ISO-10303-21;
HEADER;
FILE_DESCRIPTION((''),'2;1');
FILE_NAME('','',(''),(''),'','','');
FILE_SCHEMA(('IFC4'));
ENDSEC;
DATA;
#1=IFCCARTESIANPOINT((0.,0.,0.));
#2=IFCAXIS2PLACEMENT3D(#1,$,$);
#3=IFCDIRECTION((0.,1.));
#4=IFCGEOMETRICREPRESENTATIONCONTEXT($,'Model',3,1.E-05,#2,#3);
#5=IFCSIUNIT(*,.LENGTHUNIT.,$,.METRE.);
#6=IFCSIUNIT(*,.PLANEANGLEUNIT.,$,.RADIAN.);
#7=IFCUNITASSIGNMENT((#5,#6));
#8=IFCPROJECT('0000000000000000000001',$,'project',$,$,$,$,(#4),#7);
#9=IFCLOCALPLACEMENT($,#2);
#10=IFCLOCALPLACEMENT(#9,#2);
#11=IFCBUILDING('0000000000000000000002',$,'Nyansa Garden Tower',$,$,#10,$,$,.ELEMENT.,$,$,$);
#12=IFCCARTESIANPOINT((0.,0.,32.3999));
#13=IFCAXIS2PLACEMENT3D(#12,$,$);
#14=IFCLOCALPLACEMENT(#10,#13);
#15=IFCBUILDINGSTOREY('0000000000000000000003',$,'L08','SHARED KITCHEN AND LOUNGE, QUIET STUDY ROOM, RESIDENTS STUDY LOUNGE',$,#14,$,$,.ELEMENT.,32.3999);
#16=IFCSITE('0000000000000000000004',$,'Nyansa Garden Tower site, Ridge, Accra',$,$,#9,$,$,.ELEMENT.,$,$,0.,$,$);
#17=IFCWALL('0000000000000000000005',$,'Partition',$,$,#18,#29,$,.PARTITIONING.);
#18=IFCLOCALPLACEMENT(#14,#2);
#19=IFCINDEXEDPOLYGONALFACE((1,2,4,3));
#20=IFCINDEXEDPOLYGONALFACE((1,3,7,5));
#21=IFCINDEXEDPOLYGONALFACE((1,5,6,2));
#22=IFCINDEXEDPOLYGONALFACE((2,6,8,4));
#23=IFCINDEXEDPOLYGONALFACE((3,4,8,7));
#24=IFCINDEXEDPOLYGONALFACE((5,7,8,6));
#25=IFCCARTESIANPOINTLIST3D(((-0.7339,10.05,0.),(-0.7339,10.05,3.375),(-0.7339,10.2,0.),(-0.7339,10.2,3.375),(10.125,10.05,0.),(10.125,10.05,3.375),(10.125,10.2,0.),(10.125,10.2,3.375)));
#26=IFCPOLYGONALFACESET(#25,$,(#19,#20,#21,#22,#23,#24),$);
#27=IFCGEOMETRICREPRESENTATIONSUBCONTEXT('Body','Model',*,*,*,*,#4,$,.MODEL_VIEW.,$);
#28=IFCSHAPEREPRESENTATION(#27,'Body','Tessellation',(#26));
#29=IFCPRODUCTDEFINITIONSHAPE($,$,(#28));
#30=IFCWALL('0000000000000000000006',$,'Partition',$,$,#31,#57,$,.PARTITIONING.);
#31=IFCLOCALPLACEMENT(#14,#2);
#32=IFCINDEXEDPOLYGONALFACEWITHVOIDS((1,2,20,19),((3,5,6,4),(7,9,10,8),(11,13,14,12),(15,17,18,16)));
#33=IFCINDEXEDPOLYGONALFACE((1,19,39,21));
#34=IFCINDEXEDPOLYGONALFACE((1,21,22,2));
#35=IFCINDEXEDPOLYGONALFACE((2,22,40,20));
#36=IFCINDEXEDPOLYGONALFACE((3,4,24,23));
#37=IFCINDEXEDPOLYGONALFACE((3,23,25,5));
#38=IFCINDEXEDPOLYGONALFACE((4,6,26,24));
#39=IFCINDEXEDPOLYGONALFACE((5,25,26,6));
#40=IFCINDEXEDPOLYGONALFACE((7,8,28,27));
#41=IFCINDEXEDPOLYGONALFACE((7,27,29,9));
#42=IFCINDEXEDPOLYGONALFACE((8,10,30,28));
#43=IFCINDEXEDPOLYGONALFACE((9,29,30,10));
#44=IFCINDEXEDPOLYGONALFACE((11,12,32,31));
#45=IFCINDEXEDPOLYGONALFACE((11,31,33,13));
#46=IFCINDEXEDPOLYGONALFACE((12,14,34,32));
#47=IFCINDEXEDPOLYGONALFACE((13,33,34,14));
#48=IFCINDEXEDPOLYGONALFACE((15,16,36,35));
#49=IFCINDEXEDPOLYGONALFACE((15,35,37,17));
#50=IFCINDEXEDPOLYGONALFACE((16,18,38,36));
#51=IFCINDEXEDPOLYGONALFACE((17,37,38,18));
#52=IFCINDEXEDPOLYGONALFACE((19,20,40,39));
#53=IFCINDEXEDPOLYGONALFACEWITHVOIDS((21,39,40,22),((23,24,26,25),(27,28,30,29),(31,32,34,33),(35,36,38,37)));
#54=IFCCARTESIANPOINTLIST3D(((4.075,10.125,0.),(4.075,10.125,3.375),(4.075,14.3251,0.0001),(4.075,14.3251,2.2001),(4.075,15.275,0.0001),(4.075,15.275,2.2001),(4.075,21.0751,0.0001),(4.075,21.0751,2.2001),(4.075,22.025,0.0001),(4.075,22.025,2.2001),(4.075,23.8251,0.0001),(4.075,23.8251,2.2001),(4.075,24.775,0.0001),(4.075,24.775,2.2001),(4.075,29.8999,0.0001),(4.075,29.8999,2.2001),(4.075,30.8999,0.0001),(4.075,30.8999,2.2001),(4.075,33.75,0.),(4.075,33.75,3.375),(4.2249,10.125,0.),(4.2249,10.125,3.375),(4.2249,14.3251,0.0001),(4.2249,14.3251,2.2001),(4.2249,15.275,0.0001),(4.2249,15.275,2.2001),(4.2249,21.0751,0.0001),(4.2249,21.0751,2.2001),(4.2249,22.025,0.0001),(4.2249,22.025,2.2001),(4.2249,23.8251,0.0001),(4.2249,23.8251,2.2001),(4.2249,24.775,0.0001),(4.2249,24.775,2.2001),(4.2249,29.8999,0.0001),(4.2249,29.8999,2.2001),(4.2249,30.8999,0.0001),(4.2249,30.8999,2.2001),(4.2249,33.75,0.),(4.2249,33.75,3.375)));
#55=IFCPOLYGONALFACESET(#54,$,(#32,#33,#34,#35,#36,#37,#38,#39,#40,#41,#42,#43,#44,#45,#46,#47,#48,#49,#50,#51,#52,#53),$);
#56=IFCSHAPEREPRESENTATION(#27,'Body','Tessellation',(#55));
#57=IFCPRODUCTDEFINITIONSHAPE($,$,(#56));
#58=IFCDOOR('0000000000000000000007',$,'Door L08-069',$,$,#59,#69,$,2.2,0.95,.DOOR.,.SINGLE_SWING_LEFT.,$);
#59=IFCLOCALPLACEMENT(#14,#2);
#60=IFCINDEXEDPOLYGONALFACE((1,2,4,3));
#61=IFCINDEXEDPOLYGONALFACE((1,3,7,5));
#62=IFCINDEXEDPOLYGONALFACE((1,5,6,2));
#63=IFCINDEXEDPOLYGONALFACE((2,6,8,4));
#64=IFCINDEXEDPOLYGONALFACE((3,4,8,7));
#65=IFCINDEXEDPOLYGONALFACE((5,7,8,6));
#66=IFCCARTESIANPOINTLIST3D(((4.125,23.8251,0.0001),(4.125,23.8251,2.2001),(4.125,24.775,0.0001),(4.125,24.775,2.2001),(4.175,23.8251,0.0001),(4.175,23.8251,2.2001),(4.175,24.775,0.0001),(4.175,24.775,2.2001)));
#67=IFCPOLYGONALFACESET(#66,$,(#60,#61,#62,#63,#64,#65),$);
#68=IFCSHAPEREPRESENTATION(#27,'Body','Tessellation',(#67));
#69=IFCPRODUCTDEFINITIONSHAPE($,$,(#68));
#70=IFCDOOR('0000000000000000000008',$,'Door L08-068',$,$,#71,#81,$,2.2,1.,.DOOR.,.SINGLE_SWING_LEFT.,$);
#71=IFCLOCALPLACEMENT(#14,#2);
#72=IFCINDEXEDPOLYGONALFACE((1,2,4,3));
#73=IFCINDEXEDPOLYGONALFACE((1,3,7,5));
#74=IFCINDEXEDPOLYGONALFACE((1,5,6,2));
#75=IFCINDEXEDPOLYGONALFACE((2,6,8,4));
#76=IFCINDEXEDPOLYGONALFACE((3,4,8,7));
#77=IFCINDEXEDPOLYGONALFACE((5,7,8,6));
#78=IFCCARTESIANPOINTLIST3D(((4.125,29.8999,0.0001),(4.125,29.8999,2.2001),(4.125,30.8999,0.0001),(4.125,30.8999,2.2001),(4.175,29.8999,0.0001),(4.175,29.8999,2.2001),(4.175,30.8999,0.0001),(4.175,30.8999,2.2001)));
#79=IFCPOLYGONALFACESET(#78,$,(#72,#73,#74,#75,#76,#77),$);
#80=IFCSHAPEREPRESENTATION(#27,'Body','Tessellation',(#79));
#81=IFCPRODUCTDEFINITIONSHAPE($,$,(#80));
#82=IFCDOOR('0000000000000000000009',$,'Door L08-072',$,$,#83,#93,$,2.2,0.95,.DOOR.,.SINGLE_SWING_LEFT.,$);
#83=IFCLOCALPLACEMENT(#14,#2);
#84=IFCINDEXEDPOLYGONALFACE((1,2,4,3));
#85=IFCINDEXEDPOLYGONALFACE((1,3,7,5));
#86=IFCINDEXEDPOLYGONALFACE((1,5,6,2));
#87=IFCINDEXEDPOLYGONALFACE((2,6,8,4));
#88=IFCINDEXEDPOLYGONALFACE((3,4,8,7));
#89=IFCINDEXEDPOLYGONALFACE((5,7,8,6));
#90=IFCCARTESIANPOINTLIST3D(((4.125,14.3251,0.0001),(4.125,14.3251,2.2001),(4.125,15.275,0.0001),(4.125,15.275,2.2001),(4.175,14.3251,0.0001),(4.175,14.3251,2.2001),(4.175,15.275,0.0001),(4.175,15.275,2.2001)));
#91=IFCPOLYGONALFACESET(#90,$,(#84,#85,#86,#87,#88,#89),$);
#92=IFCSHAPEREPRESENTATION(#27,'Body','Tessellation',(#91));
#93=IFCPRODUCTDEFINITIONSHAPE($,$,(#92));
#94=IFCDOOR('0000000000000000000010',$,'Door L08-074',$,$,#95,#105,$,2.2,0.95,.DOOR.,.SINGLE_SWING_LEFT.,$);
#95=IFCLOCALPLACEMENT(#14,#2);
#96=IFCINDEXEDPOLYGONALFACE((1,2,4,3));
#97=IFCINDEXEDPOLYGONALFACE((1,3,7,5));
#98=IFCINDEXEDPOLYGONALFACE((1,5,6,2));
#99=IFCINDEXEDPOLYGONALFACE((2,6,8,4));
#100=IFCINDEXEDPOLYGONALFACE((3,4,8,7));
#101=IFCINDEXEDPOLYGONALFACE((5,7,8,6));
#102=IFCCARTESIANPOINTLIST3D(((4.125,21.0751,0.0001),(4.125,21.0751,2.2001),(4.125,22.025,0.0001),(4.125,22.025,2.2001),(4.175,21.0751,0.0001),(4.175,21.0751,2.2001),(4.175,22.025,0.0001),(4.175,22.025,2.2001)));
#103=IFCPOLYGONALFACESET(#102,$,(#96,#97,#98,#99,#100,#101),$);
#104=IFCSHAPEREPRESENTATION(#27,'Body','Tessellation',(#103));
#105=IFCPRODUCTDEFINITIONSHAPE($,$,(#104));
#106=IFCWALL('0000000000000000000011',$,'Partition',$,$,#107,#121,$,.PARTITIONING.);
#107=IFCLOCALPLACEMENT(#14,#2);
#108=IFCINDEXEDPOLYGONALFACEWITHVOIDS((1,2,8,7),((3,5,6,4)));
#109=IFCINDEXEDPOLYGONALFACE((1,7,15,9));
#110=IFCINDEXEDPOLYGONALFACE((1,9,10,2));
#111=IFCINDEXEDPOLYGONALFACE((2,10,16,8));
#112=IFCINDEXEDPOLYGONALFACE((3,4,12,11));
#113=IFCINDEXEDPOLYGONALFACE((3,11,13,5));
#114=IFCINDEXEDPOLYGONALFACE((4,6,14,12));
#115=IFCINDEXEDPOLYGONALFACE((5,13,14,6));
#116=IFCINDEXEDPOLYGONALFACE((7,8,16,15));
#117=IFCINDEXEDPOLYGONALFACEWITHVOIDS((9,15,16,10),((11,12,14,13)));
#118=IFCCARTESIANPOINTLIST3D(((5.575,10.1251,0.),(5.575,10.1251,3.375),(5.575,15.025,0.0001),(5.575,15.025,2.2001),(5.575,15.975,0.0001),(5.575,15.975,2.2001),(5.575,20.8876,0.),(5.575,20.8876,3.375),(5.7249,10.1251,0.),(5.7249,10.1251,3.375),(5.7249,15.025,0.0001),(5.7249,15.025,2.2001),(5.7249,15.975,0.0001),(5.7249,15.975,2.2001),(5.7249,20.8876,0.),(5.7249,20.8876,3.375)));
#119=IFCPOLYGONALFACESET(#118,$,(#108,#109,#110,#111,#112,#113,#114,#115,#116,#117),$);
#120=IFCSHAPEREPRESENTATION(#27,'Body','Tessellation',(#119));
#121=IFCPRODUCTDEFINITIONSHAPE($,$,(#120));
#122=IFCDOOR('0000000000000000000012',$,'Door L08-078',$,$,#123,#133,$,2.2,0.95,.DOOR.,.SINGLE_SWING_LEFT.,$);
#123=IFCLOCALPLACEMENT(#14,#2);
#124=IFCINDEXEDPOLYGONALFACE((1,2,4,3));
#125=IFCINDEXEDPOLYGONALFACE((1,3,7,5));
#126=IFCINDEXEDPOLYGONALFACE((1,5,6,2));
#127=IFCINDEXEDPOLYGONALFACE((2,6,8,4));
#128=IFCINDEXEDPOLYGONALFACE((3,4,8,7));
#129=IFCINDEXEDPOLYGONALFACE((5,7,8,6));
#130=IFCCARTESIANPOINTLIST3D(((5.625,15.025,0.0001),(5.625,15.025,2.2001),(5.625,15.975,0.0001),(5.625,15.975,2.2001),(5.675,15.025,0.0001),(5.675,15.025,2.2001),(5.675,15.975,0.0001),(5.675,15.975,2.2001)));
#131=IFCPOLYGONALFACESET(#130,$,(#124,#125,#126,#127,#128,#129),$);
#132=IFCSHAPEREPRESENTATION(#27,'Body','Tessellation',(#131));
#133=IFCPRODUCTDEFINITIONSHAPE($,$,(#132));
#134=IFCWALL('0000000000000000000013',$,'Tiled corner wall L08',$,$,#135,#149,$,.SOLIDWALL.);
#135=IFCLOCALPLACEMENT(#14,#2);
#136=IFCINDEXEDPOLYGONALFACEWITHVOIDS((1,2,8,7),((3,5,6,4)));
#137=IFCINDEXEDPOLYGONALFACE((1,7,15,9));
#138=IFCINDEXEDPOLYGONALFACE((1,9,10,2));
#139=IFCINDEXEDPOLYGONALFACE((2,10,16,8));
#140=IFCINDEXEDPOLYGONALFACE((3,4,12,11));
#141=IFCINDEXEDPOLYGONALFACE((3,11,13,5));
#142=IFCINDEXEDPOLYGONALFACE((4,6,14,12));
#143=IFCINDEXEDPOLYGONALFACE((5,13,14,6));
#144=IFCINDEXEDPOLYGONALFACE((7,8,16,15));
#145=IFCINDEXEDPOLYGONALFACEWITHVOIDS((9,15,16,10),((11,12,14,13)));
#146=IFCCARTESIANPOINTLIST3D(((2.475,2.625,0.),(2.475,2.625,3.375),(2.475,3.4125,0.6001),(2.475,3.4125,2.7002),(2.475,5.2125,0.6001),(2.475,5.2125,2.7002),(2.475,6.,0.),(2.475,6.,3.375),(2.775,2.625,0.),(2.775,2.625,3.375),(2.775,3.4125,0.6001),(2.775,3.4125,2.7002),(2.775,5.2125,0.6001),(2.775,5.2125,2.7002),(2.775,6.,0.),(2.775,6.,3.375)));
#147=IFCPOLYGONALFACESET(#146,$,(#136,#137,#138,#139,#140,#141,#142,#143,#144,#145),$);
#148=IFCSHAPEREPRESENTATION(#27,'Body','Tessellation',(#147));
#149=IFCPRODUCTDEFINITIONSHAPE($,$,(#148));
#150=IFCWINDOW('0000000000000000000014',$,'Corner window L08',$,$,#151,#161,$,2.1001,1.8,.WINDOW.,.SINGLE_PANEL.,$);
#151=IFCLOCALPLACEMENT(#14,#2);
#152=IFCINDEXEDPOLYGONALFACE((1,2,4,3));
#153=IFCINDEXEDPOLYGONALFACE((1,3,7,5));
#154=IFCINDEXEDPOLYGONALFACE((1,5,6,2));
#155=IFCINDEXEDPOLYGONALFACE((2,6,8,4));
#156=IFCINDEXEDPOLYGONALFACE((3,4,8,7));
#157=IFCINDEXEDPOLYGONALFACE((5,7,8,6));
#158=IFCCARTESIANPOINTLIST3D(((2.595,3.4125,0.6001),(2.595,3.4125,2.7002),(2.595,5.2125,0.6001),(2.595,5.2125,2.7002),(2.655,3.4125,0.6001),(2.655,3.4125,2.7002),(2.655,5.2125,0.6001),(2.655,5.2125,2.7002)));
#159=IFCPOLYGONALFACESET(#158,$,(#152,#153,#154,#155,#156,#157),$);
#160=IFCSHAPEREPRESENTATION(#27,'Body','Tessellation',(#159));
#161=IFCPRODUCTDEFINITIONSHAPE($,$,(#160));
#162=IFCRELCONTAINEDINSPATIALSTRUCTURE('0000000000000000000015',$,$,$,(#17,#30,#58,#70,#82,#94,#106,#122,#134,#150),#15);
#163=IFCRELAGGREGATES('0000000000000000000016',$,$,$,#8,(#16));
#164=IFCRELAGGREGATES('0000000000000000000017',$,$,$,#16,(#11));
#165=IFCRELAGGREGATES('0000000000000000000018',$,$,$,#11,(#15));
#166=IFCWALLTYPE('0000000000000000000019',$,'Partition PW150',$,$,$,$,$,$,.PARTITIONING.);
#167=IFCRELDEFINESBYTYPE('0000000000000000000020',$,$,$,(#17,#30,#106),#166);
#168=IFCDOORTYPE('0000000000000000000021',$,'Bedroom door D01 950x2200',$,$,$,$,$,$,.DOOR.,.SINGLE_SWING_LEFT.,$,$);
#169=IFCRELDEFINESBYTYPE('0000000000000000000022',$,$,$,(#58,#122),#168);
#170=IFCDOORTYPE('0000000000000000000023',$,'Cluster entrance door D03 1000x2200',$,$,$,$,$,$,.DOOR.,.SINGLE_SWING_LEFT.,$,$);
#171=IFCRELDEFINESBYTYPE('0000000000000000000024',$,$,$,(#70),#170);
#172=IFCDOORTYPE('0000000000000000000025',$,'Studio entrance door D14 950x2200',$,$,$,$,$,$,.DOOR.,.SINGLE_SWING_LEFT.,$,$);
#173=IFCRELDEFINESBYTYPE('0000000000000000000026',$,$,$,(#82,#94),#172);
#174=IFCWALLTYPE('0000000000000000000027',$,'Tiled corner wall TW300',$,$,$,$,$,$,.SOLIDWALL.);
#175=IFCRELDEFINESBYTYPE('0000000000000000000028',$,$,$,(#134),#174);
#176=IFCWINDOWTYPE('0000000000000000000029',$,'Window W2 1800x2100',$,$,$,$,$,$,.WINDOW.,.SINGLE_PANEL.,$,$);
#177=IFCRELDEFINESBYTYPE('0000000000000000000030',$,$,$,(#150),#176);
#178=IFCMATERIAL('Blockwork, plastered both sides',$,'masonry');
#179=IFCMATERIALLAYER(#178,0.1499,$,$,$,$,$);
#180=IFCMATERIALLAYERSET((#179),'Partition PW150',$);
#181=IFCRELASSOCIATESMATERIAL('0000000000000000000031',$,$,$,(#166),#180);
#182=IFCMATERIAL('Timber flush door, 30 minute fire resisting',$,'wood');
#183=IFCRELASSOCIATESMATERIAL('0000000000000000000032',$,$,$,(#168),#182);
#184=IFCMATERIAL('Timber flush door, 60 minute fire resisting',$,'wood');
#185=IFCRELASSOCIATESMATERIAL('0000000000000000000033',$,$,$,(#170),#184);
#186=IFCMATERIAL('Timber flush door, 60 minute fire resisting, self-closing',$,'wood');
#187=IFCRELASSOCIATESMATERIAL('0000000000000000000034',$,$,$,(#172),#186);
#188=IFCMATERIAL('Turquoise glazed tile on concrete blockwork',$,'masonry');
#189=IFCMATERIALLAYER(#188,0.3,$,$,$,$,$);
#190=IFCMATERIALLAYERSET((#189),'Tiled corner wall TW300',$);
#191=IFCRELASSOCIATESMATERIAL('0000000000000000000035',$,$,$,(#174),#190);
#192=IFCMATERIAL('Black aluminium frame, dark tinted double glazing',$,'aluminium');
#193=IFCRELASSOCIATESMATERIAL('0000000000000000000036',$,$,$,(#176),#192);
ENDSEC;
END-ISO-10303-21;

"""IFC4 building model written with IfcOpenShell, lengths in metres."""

from ifc_helpers import new_model, si_unit, direction, frame, frame_2d, origin, place, context, subcontext, project, spatial, rectangle, extrude, material, layer, layer_set, type_object, element, fill, save


model = new_model("IFC4")

# Units and contexts
model_context = context("Model", 3, precision=1e-05, world=origin(), true_north=direction((0.0, 1.0)))
body_context = subcontext(model_context, "Body", "Model", "MODEL_VIEW")
ifc_project = project(units=[si_unit("LENGTHUNIT", "METRE"), si_unit("PLANEANGLEUNIT", "RADIAN")], contexts=[model_context])

# Site, building, storey
site_placement = place(None, origin())
site = spatial("IfcSite", under=ifc_project, at=site_placement, Name="Nyansa Garden Tower site, Ridge, Accra", CompositionType="ELEMENT", RefElevation=0.0)
building_placement = place(site_placement, origin())
building = spatial("IfcBuilding", under=site, at=building_placement, Name="Nyansa Garden Tower", CompositionType="ELEMENT")
storey_placement = place(building_placement, frame((0.0, 0.0, 32.3999)))
storey = spatial("IfcBuildingStorey", under=building, at=storey_placement, Name="L08", Description="SHARED KITCHEN AND LOUNGE, QUIET STUDY ROOM, RESIDENTS STUDY LOUNGE", CompositionType="ELEMENT", Elevation=32.3999)

# Wall
ifc_material_1 = material(Name="Blockwork, plastered both sides", Category="masonry")
ifc_layer_1 = layer(ifc_material_1, 0.1499)
ifc_layer_set_1 = layer_set([ifc_layer_1], Name="Partition PW150")
wall_type_1 = type_object("IfcWallType", Name="Partition PW150", PredefinedType="PARTITIONING", material=ifc_layer_set_1)
wall_1_placement = place(storey_placement, frame((-0.7339, 10.125, 0.0), z_axis=(0.0, 0.0, 1.0), x_axis=(1.0, 0.0, 0.0)))
element("IfcWall", 1, at=wall_1_placement, inside=storey, type_object=wall_type_1, Name="Partition", PredefinedType="PARTITIONING", context=body_context, shape_type="SweptSolid", body=[
    extrude(rectangle(XDim=10.8589, YDim=0.1499, at=frame_2d((5.4294, 0.0))), origin(), (0.0, 0.0, 1.0), 3.375),
])

# Wall, openings, doors
wall_2_placement = place(storey_placement, frame((4.1499, 10.125, 0.0), z_axis=(0.0, 0.0, 1.0), x_axis=(0.0, 1.0, 0.0)))
wall_2 = element("IfcWall", 2, at=wall_2_placement, inside=storey, type_object=wall_type_1, Name="Partition", PredefinedType="PARTITIONING", context=body_context, shape_type="SweptSolid", body=[
    extrude(rectangle(XDim=23.625, YDim=0.1499, at=frame_2d((11.8125, 0.0))), origin(), (0.0, 0.0, 1.0), 3.375),
])
opening_1_placement = place(wall_2_placement, frame((19.7749, 0.0, 0.0)))
opening_1 = element("IfcOpeningElement", 3, at=opening_1_placement, cuts=wall_2, PredefinedType="OPENING", context=body_context, shape_type="SweptSolid", body=[
    extrude(rectangle(XDim=1.0, YDim=2.2, at=frame_2d((0.5, 1.1001))), frame((0.0, 0.085, 0.0), z_axis=(0.0, -1.0, 0.0), x_axis=(1.0, 0.0, 0.0)), (0.0, 0.0, 1.0), 0.1699),
])
opening_2_placement = place(wall_2_placement, frame((13.7, 0.0, 0.0)))
opening_2 = element("IfcOpeningElement", 4, at=opening_2_placement, cuts=wall_2, PredefinedType="OPENING", context=body_context, shape_type="SweptSolid", body=[
    extrude(rectangle(XDim=0.95, YDim=2.2, at=frame_2d((0.4751, 1.1001))), frame((0.0, 0.085, 0.0), z_axis=(0.0, -1.0, 0.0), x_axis=(1.0, 0.0, 0.0)), (0.0, 0.0, 1.0), 0.1699),
])
opening_3_placement = place(wall_2_placement, frame((4.2, 0.0, 0.0)))
opening_3 = element("IfcOpeningElement", 5, at=opening_3_placement, cuts=wall_2, PredefinedType="OPENING", context=body_context, shape_type="SweptSolid", body=[
    extrude(rectangle(XDim=0.95, YDim=2.2, at=frame_2d((0.4751, 1.1001))), frame((0.0, 0.085, 0.0), z_axis=(0.0, -1.0, 0.0), x_axis=(1.0, 0.0, 0.0)), (0.0, 0.0, 1.0), 0.1699),
])
opening_4_placement = place(wall_2_placement, frame((10.95, 0.0, 0.0)))
opening_4 = element("IfcOpeningElement", 6, at=opening_4_placement, cuts=wall_2, PredefinedType="OPENING", context=body_context, shape_type="SweptSolid", body=[
    extrude(rectangle(XDim=0.95, YDim=2.2, at=frame_2d((0.4751, 1.1001))), frame((0.0, 0.085, 0.0), z_axis=(0.0, -1.0, 0.0), x_axis=(1.0, 0.0, 0.0)), (0.0, 0.0, 1.0), 0.1699),
])
ifc_material_2 = material(Name="Timber flush door, 30 minute fire resisting", Category="wood")
door_type_1 = type_object("IfcDoorType", Name="Bedroom door D01 950x2200", OperationType="SINGLE_SWING_LEFT", PredefinedType="DOOR", material=ifc_material_2)
door_1_placement = place(opening_2_placement, origin())
door_1 = element("IfcDoor", 7, at=door_1_placement, inside=storey, type_object=door_type_1, Name="Door L08-069", OperationType="SINGLE_SWING_LEFT", OverallHeight=2.2, OverallWidth=0.95, PredefinedType="DOOR", context=body_context, shape_type="SweptSolid", body=[
    extrude(rectangle(XDim=0.95, YDim=2.2, at=frame_2d((0.4751, 1.1001))), frame((0.0, 0.0249, 0.0), z_axis=(0.0, -1.0, 0.0), x_axis=(1.0, 0.0, 0.0)), (0.0, 0.0, 1.0), 0.05),
])
fill(opening_2, door_1)
ifc_material_3 = material(Name="Timber flush door, 60 minute fire resisting", Category="wood")
door_type_2 = type_object("IfcDoorType", Name="Cluster entrance door D03 1000x2200", OperationType="SINGLE_SWING_LEFT", PredefinedType="DOOR", material=ifc_material_3)
door_2_placement = place(opening_1_placement, origin())
door_2 = element("IfcDoor", 8, at=door_2_placement, inside=storey, type_object=door_type_2, Name="Door L08-068", OperationType="SINGLE_SWING_LEFT", OverallHeight=2.2, OverallWidth=1.0, PredefinedType="DOOR", context=body_context, shape_type="SweptSolid", body=[
    extrude(rectangle(XDim=1.0, YDim=2.2, at=frame_2d((0.5, 1.1001))), frame((0.0, 0.0249, 0.0), z_axis=(0.0, -1.0, 0.0), x_axis=(1.0, 0.0, 0.0)), (0.0, 0.0, 1.0), 0.05),
])
fill(opening_1, door_2)
ifc_material_4 = material(Name="Timber flush door, 60 minute fire resisting, self-closing", Category="wood")
door_type_3 = type_object("IfcDoorType", Name="Studio entrance door D14 950x2200", OperationType="SINGLE_SWING_LEFT", PredefinedType="DOOR", material=ifc_material_4)
door_3_placement = place(opening_3_placement, origin())
door_3 = element("IfcDoor", 9, at=door_3_placement, inside=storey, type_object=door_type_3, Name="Door L08-072", OperationType="SINGLE_SWING_LEFT", OverallHeight=2.2, OverallWidth=0.95, PredefinedType="DOOR", context=body_context, shape_type="SweptSolid", body=[
    extrude(rectangle(XDim=0.95, YDim=2.2, at=frame_2d((0.4751, 1.1001))), frame((0.0, 0.0249, 0.0), z_axis=(0.0, -1.0, 0.0), x_axis=(1.0, 0.0, 0.0)), (0.0, 0.0, 1.0), 0.05),
])
fill(opening_3, door_3)
door_4_placement = place(opening_4_placement, origin())
door_4 = element("IfcDoor", 10, at=door_4_placement, inside=storey, type_object=door_type_3, Name="Door L08-074", OperationType="SINGLE_SWING_LEFT", OverallHeight=2.2, OverallWidth=0.95, PredefinedType="DOOR", context=body_context, shape_type="SweptSolid", body=[
    extrude(rectangle(XDim=0.95, YDim=2.2, at=frame_2d((0.4751, 1.1001))), frame((0.0, 0.0249, 0.0), z_axis=(0.0, -1.0, 0.0), x_axis=(1.0, 0.0, 0.0)), (0.0, 0.0, 1.0), 0.05),
])
fill(opening_4, door_4)

# Wall, opening, door
wall_3_placement = place(storey_placement, frame((5.6499, 10.125, 0.0), z_axis=(0.0, 0.0, 1.0), x_axis=(0.0, 1.0, 0.0)))
wall_3 = element("IfcWall", 11, at=wall_3_placement, inside=storey, type_object=wall_type_1, Name="Partition", PredefinedType="PARTITIONING", context=body_context, shape_type="SweptSolid", body=[
    extrude(rectangle(XDim=10.7625, YDim=0.1499, at=frame_2d((5.3813, 0.0))), origin(), (0.0, 0.0, 1.0), 3.375),
])
opening_5_placement = place(wall_3_placement, frame((4.8999, 0.0, 0.0)))
opening_5 = element("IfcOpeningElement", 12, at=opening_5_placement, cuts=wall_3, PredefinedType="OPENING", context=body_context, shape_type="SweptSolid", body=[
    extrude(rectangle(XDim=0.95, YDim=2.2, at=frame_2d((0.4751, 1.1001))), frame((0.0, 0.085, 0.0), z_axis=(0.0, -1.0, 0.0), x_axis=(1.0, 0.0, 0.0)), (0.0, 0.0, 1.0), 0.1699),
])
door_5_placement = place(opening_5_placement, origin())
door_5 = element("IfcDoor", 13, at=door_5_placement, inside=storey, type_object=door_type_1, Name="Door L08-078", OperationType="SINGLE_SWING_LEFT", OverallHeight=2.2, OverallWidth=0.95, PredefinedType="DOOR", context=body_context, shape_type="SweptSolid", body=[
    extrude(rectangle(XDim=0.95, YDim=2.2, at=frame_2d((0.4751, 1.1001))), frame((0.0, 0.0249, 0.0), z_axis=(0.0, -1.0, 0.0), x_axis=(1.0, 0.0, 0.0)), (0.0, 0.0, 1.0), 0.05),
])
fill(opening_5, door_5)

# Wall, opening, window
ifc_material_5 = material(Name="Turquoise glazed tile on concrete blockwork", Category="masonry")
ifc_layer_2 = layer(ifc_material_5, 0.3)
ifc_layer_set_2 = layer_set([ifc_layer_2], Name="Tiled corner wall TW300")
wall_type_2 = type_object("IfcWallType", Name="Tiled corner wall TW300", PredefinedType="SOLIDWALL", material=ifc_layer_set_2)
wall_4_placement = place(storey_placement, frame((2.625, 6.0, 0.0), z_axis=(0.0, 0.0, 1.0), x_axis=(0.0, -1.0, 0.0)))
wall_4 = element("IfcWall", 14, at=wall_4_placement, inside=storey, type_object=wall_type_2, Name="Tiled corner wall L08", PredefinedType="SOLIDWALL", context=body_context, shape_type="SweptSolid", body=[
    extrude(rectangle(XDim=3.375, YDim=0.3, at=frame_2d((1.6875, 0.0))), origin(), (0.0, 0.0, 1.0), 3.375),
])
opening_6_placement = place(wall_4_placement, frame((0.7876, 0.0, 0.6001)))
opening_6 = element("IfcOpeningElement", 15, at=opening_6_placement, cuts=wall_4, PredefinedType="OPENING", context=body_context, shape_type="SweptSolid", body=[
    extrude(rectangle(XDim=1.8, YDim=2.1001, at=frame_2d((0.8999, 1.05))), frame((0.0, 0.1599, 0.0), z_axis=(0.0, -1.0, 0.0), x_axis=(1.0, 0.0, 0.0)), (0.0, 0.0, 1.0), 0.3201),
])
ifc_material_6 = material(Name="Black aluminium frame, dark tinted double glazing", Category="aluminium")
window_type = type_object("IfcWindowType", Name="Window W2 1800x2100", PartitioningType="SINGLE_PANEL", PredefinedType="WINDOW", material=ifc_material_6)
window_placement = place(opening_6_placement, origin())
window = element("IfcWindow", 16, at=window_placement, inside=storey, type_object=window_type, Name="Corner window L08", OverallHeight=2.1001, OverallWidth=1.8, PartitioningType="SINGLE_PANEL", PredefinedType="WINDOW", context=body_context, shape_type="SweptSolid", body=[
    extrude(rectangle(XDim=1.8, YDim=2.1001, at=frame_2d((0.8999, 1.05))), frame((0.0, 0.03, 0.0), z_axis=(0.0, -1.0, 0.0), x_axis=(1.0, 0.0, 0.0)), (0.0, 0.0, 1.0), 0.0601),
])
fill(opening_6, window)

save(model, "model.ifc")
